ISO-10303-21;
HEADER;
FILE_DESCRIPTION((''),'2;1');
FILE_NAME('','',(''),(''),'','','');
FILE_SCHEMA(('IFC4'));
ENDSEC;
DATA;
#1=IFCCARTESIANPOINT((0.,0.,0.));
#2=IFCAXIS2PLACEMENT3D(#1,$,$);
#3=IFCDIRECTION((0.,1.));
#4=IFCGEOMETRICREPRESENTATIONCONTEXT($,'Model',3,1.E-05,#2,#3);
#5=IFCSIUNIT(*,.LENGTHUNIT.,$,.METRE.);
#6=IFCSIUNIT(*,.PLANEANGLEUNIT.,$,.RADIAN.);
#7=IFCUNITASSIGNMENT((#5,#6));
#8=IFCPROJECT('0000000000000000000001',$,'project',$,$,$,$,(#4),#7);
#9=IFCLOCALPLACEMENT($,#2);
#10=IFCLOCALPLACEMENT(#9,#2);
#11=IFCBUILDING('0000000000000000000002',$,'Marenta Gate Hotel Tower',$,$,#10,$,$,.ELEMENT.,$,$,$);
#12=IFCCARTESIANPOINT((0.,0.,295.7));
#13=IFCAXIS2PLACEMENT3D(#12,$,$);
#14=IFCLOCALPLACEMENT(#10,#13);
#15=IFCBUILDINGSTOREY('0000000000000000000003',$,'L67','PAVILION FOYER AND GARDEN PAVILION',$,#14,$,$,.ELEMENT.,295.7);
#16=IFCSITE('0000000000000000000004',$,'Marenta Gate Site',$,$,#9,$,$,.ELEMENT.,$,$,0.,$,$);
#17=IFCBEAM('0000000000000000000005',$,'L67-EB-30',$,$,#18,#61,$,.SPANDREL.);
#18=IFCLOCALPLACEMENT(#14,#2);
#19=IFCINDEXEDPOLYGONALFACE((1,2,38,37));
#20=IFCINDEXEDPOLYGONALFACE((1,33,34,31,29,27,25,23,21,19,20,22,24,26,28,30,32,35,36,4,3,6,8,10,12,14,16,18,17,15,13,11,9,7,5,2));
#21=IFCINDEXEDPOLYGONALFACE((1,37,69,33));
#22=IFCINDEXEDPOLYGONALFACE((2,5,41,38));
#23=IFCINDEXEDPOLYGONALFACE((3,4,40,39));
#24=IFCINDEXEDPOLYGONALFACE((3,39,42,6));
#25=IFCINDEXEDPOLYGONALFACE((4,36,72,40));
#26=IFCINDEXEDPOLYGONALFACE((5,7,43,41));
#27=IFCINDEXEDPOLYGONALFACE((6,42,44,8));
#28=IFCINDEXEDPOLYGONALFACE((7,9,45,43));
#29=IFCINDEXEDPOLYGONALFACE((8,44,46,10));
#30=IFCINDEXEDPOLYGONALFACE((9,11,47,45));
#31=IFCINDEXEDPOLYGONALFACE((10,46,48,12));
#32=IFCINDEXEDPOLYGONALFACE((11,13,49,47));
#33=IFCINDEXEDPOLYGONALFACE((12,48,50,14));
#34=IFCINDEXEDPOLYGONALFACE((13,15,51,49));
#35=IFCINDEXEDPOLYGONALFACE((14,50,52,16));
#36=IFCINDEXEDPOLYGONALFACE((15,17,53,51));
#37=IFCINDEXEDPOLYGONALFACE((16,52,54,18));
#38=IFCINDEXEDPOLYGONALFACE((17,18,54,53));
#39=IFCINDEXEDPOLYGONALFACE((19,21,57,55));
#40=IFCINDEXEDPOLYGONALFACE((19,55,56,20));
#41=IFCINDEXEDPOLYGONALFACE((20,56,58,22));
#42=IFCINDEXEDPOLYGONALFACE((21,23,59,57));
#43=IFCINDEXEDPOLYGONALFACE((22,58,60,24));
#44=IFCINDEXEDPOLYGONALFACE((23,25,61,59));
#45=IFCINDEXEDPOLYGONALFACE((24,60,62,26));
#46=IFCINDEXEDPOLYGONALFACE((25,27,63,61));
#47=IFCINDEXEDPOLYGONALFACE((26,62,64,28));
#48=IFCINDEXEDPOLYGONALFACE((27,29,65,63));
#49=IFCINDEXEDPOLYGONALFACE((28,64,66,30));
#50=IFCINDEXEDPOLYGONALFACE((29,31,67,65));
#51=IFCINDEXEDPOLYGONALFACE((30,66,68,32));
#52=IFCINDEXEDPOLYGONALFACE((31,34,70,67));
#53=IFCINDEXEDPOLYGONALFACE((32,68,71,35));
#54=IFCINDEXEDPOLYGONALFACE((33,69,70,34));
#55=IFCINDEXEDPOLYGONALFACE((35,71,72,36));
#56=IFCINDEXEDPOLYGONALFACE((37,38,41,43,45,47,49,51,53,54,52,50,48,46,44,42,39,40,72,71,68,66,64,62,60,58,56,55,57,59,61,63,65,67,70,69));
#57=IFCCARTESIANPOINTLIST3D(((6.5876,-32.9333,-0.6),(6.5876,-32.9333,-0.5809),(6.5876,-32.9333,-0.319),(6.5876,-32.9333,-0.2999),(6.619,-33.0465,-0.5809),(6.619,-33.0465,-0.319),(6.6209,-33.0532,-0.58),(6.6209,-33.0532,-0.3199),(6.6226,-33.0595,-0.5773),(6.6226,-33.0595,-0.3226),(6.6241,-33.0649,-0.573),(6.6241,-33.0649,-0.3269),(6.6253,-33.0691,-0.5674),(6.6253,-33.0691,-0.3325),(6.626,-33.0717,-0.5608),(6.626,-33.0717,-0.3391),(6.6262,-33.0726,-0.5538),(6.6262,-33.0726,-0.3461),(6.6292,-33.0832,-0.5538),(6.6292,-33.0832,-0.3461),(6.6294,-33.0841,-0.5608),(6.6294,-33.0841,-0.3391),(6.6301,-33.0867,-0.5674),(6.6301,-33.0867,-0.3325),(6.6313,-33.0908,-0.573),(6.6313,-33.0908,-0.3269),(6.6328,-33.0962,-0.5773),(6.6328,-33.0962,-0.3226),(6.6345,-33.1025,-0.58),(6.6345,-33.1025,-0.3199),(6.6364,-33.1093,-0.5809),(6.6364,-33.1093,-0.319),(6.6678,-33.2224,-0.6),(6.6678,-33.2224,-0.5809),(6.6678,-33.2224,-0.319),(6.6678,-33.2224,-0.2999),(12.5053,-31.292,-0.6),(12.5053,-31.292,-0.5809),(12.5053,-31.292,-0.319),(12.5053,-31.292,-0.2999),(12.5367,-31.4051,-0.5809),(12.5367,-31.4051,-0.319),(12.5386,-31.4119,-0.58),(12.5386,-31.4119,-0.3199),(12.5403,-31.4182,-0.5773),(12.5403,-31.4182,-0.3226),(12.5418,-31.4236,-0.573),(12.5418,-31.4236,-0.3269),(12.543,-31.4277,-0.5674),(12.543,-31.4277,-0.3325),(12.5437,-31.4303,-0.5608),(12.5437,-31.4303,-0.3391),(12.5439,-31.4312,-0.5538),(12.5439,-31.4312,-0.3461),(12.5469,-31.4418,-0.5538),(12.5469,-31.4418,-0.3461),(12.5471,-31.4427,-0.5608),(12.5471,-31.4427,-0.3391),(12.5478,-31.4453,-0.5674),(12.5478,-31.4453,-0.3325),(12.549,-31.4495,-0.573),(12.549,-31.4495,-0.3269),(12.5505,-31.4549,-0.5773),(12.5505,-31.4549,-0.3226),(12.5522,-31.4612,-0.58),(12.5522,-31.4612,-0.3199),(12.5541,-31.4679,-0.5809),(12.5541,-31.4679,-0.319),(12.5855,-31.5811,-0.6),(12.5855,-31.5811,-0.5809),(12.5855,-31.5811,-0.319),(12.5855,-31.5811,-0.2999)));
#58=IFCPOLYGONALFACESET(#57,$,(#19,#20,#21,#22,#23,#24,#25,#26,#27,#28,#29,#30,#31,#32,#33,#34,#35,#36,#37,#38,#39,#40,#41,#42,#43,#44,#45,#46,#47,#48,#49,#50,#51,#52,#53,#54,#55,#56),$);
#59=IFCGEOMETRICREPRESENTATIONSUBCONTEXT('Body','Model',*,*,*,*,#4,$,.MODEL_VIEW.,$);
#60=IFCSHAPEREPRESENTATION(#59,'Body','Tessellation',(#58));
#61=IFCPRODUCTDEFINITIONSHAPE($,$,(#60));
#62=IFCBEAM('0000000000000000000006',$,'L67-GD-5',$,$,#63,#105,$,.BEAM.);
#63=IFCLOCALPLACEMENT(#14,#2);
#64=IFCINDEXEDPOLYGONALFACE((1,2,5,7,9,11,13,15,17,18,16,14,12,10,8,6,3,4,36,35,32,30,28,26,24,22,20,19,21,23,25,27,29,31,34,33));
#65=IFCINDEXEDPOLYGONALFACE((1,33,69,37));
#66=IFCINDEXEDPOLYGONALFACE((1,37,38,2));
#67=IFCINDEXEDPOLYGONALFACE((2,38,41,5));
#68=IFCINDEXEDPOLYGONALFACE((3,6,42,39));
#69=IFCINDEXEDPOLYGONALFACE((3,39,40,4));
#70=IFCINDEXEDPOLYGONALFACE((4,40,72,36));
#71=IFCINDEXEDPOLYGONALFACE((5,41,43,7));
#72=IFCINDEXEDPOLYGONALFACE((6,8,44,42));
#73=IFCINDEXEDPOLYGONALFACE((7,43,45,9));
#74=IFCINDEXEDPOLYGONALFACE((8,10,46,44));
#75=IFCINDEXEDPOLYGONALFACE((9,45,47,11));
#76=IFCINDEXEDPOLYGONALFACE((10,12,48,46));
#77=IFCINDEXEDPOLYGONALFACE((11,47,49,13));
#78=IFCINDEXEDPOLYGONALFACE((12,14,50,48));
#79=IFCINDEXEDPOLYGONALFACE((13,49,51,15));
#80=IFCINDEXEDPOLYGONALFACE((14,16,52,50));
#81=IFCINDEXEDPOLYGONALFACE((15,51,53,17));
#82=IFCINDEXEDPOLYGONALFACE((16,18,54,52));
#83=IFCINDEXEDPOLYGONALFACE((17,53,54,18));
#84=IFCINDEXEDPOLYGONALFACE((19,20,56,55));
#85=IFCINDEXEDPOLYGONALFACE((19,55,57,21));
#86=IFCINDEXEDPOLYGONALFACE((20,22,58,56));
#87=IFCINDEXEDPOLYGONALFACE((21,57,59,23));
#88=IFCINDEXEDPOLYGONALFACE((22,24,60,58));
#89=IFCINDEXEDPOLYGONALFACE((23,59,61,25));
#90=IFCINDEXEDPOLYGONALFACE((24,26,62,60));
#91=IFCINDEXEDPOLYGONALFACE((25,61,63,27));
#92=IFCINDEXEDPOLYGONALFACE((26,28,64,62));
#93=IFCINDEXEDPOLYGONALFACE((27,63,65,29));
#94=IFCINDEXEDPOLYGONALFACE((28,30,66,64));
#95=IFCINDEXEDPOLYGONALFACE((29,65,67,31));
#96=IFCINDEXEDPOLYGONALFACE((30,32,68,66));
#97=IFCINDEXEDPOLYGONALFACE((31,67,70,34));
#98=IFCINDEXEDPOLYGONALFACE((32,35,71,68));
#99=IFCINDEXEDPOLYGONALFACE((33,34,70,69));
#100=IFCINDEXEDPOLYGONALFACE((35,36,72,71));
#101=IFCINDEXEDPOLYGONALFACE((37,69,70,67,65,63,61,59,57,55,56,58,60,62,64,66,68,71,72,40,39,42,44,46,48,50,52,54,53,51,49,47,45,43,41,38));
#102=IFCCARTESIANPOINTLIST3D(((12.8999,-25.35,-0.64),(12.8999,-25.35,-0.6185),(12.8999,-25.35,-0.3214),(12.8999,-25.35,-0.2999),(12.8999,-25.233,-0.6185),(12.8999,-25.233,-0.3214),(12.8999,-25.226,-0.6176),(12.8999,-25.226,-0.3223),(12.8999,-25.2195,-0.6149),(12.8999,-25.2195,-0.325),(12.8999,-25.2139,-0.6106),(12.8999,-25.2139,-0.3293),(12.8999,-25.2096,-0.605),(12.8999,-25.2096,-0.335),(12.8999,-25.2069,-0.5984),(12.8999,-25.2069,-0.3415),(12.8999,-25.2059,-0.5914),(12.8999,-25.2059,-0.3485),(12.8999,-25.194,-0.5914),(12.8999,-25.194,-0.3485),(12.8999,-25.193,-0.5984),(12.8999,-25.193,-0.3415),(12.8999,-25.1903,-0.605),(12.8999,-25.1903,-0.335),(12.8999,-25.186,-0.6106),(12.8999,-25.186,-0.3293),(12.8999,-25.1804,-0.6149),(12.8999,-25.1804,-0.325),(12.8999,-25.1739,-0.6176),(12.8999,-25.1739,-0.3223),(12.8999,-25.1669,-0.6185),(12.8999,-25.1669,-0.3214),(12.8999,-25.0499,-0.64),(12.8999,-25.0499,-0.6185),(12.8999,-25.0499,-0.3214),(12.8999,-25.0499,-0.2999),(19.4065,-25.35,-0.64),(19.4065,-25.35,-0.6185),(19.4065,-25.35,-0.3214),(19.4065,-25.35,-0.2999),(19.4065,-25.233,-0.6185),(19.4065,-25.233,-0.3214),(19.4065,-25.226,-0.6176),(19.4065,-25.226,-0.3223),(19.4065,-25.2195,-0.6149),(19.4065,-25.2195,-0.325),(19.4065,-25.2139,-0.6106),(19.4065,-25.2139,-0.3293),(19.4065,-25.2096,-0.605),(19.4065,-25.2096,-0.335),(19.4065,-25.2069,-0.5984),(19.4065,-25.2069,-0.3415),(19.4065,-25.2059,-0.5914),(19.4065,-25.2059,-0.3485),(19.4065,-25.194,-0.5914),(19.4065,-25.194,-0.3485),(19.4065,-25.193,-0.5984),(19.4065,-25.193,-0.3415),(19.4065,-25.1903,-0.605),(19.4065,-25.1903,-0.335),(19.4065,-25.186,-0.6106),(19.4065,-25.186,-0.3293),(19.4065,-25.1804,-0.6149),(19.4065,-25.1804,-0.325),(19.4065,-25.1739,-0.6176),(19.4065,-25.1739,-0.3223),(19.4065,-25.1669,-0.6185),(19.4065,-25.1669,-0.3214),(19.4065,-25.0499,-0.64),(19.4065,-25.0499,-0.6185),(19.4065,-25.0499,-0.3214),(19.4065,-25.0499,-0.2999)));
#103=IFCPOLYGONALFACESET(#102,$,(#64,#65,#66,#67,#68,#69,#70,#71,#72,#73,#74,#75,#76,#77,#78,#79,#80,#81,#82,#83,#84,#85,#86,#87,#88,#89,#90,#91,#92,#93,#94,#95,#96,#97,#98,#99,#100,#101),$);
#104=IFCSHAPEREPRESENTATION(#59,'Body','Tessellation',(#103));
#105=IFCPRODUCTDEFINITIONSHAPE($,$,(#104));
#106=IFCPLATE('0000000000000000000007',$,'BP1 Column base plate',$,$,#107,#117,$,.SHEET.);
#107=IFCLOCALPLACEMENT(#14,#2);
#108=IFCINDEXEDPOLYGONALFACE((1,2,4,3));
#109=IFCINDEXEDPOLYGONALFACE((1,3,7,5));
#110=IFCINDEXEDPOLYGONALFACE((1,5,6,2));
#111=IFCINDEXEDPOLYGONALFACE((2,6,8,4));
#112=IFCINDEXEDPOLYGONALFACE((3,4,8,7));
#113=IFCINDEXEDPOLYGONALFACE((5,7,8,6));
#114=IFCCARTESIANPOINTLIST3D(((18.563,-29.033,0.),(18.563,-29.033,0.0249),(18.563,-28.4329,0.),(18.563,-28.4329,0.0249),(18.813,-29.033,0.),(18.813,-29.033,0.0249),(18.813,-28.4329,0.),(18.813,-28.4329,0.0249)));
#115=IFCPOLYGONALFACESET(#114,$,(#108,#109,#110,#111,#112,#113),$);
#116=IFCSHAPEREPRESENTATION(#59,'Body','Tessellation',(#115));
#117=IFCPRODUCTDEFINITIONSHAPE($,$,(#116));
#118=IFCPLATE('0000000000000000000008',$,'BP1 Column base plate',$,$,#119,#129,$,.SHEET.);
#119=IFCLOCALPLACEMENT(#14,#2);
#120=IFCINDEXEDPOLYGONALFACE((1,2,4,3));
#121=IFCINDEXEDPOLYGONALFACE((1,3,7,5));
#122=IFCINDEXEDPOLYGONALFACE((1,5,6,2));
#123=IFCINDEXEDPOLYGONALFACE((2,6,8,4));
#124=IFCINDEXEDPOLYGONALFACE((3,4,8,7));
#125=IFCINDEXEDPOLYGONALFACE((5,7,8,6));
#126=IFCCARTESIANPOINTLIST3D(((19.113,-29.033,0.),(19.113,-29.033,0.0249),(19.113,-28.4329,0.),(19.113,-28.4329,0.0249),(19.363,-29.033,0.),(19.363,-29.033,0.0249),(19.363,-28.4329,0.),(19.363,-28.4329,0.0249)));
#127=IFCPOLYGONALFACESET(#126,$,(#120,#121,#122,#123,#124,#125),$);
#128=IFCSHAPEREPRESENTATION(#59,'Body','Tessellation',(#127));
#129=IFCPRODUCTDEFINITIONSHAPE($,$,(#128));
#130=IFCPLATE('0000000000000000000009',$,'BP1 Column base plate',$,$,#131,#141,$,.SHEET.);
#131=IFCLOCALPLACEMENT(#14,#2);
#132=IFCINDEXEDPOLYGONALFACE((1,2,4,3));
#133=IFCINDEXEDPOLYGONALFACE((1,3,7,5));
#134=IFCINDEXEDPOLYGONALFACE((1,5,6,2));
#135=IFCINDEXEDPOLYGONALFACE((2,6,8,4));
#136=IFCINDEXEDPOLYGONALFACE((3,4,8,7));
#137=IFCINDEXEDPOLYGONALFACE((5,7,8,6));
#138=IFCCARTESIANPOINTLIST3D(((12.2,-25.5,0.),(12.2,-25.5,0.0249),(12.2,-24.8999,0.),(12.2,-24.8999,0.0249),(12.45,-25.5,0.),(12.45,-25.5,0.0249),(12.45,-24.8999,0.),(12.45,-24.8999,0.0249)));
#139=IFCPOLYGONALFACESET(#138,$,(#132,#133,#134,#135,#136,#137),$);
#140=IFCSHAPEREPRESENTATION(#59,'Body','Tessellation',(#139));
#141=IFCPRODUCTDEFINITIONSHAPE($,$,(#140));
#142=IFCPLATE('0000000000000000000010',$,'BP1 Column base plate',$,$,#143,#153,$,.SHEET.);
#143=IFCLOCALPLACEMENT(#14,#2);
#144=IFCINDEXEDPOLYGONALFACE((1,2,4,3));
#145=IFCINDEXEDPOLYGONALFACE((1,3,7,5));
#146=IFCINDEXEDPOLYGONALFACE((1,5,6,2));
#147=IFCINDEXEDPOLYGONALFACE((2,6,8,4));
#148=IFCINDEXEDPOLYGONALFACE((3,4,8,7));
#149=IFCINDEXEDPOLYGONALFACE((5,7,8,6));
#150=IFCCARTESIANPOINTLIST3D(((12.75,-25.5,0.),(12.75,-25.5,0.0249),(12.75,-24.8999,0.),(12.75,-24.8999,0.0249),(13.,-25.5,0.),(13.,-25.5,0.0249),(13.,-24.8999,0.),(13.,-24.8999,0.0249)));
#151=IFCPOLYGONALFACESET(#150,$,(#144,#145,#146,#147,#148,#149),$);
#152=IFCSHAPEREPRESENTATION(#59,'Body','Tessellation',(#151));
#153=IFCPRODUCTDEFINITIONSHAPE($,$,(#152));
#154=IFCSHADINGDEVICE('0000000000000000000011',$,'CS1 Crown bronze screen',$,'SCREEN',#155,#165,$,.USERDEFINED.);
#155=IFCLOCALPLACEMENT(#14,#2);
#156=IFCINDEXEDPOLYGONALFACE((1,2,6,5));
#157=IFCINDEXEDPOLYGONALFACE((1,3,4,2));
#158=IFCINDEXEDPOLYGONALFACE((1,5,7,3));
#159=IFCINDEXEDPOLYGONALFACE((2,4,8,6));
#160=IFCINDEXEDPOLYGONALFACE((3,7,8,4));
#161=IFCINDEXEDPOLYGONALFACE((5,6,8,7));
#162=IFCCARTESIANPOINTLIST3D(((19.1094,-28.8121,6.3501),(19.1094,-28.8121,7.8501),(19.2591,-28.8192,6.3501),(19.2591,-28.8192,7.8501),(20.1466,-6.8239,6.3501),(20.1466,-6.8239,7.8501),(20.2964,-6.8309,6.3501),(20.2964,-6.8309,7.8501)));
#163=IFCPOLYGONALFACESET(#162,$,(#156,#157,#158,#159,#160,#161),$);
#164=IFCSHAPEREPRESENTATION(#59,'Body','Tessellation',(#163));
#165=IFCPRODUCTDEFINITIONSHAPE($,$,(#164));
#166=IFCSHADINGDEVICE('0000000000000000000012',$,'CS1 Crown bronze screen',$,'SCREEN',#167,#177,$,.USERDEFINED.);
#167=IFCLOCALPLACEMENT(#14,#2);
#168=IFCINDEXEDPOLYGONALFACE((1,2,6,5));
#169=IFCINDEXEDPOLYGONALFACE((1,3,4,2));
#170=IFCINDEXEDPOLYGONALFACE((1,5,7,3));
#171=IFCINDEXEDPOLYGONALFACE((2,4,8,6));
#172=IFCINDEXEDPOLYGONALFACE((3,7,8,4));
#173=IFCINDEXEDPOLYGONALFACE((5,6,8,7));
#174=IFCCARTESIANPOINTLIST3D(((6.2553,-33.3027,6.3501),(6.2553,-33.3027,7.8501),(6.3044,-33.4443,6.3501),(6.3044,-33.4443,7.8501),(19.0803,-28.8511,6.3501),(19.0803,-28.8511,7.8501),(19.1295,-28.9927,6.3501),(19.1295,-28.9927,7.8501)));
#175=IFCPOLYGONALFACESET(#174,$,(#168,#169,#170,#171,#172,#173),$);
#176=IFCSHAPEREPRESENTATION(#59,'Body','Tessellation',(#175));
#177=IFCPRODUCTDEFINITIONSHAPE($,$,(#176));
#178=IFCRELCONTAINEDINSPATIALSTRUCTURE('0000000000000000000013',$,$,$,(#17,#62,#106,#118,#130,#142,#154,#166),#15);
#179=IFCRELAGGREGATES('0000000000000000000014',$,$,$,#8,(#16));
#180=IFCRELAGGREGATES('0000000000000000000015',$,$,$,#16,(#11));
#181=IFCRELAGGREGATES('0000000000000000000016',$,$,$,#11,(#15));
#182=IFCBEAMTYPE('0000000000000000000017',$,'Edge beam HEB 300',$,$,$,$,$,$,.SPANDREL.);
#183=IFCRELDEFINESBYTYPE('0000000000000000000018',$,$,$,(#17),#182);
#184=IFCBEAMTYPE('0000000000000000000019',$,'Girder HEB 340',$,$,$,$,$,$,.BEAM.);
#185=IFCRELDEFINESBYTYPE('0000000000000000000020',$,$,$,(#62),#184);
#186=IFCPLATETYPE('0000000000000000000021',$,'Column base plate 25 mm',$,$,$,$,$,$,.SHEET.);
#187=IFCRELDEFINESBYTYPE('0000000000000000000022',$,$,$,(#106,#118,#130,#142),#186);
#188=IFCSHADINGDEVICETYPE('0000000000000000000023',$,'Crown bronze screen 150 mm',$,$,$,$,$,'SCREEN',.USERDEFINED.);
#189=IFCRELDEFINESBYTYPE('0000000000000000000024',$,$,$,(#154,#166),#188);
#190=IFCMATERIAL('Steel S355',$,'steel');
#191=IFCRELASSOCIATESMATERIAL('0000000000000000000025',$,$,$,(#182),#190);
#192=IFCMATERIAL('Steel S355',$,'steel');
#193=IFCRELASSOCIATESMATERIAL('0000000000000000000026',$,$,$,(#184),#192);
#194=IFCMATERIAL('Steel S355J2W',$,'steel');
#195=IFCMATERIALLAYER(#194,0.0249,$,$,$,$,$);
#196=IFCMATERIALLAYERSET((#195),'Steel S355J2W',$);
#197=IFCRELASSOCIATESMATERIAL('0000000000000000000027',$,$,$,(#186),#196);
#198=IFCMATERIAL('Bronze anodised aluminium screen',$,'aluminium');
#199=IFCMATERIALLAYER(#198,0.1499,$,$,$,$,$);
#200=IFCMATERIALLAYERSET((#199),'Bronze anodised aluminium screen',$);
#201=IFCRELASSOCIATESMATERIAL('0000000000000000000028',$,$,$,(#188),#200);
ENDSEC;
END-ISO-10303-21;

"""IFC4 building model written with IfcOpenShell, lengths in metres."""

from ifc_helpers import new_model, si_unit, direction, frame, origin, origin_2d, place, context, subcontext, project, spatial, rectangle, i_section, extrude, material, layer, layer_set, material_profile, profile_set, type_object, element, save


model = new_model("IFC4")

# Units and contexts
model_context = context("Model", 3, precision=1e-05, world=origin(), true_north=direction((0.0, 1.0)))
body_context = subcontext(model_context, "Body", "Model", "MODEL_VIEW")
ifc_project = project(units=[si_unit("LENGTHUNIT", "METRE"), si_unit("PLANEANGLEUNIT", "RADIAN")], contexts=[model_context])

# Site, building, storey
site_placement = place(None, origin())
site = spatial("IfcSite", under=ifc_project, at=site_placement, Name="Marenta Gate Site", CompositionType="ELEMENT", RefElevation=0.0)
building_placement = place(site_placement, origin())
building = spatial("IfcBuilding", under=site, at=building_placement, Name="Marenta Gate Hotel Tower", CompositionType="ELEMENT")
storey_placement = place(building_placement, frame((0.0, 0.0, 295.7)))
storey = spatial("IfcBuildingStorey", under=building, at=storey_placement, Name="L67", Description="PAVILION FOYER AND GARDEN PAVILION", CompositionType="ELEMENT", Elevation=295.7)

# Beams
ifc_material_1 = material(Name="Steel S355", Category="steel")
ifc_material_profile_1 = material_profile(ifc_material_1, i_section(OverallWidth=0.3, OverallDepth=0.3, WebThickness=0.011, FlangeThickness=0.019, FilletRadius=0.0271, at=origin_2d()), Name="HEB 300")
ifc_profile_set_1 = profile_set([ifc_material_profile_1], Name="Steel S355")
beam_type_1 = type_object("IfcBeamType", Name="Edge beam HEB 300", PredefinedType="SPANDREL", material=ifc_profile_set_1)
beam_1_placement = place(storey_placement, frame((12.5454, -31.4365, -0.45), z_axis=(-0.963621, -0.267273, 0.0), x_axis=(0.267273, -0.963621, 0.0)))
element("IfcBeam", 1, at=beam_1_placement, inside=storey, type_object=beam_type_1, Name="L67-EB-30", PredefinedType="SPANDREL", context=body_context, shape_type="SweptSolid", body=[
    extrude(i_section(OverallWidth=0.3, OverallDepth=0.3, WebThickness=0.011, FlangeThickness=0.019, FilletRadius=0.0271, at=origin_2d()), origin(), (0.0, 0.0, 1.0), 6.1411),
])
ifc_material_2 = material(Name="Steel S355", Category="steel")
ifc_material_profile_2 = material_profile(ifc_material_2, i_section(OverallWidth=0.3, OverallDepth=0.3401, WebThickness=0.012, FlangeThickness=0.0215, FilletRadius=0.0271, at=origin_2d()), Name="HEB 340")
ifc_profile_set_2 = profile_set([ifc_material_profile_2], Name="Steel S355")
beam_type_2 = type_object("IfcBeamType", Name="Girder HEB 340", PredefinedType="BEAM", material=ifc_profile_set_2)
beam_2_placement = place(storey_placement, frame((12.8999, -25.2, -0.47), z_axis=(1.0, 0.0, 0.0), x_axis=(0.0, 1.0, 0.0)))
element("IfcBeam", 2, at=beam_2_placement, inside=storey, type_object=beam_type_2, Name="L67-GD-5", PredefinedType="BEAM", context=body_context, shape_type="SweptSolid", body=[
    extrude(i_section(OverallWidth=0.3, OverallDepth=0.3401, WebThickness=0.012, FlangeThickness=0.0215, FilletRadius=0.0271, at=origin_2d()), origin(), (0.0, 0.0, 1.0), 6.5066),
])

# Plates
ifc_material_3 = material(Name="Steel S355J2W", Category="steel")
ifc_layer_1 = layer(ifc_material_3, 0.0249)
ifc_layer_set_1 = layer_set([ifc_layer_1], Name="Steel S355J2W")
plate_type = type_object("IfcPlateType", Name="Column base plate 25 mm", PredefinedType="SHEET", material=ifc_layer_set_1)
for number, where, z_axis, x_axis, name in (
    (3, (18.688, -28.7329, 0.0), (0.0, 0.0, 1.0), (1.0, 0.0, 0.0), "BP1 Column base plate"),
    (4, (19.238, -28.7329, 0.0), (0.0, 0.0, 1.0), (1.0, 0.0, 0.0), "BP1 Column base plate"),
    (5, (12.325, -25.2, 0.0), (0.0, 0.0, 1.0), (1.0, 0.0, 0.0), "BP1 Column base plate"),
    (6, (12.875, -25.2, 0.0), (0.0, 0.0, 1.0), (1.0, 0.0, 0.0), "BP1 Column base plate"),
):
    element("IfcPlate", number, at=place(storey_placement, frame(where, z_axis=z_axis, x_axis=x_axis)), inside=storey, type_object=plate_type, Name=name, PredefinedType="SHEET", context=body_context, shape_type="SweptSolid", body=[
        extrude(rectangle(XDim=0.25, YDim=0.6001, at=origin_2d()), origin(), (0.0, 0.0, 1.0), 0.0249),
    ])

# Shading devices
ifc_material_4 = material(Name="Bronze anodised aluminium screen", Category="aluminium")
ifc_layer_2 = layer(ifc_material_4, 0.1499)
ifc_layer_set_2 = layer_set([ifc_layer_2], Name="Bronze anodised aluminium screen")
shading_device_type = type_object("IfcShadingDeviceType", Name="Crown bronze screen 150 mm", ElementType="SCREEN", PredefinedType="USERDEFINED", material=ifc_layer_set_2)
shading_device_1_placement = place(storey_placement, frame((19.7029, -17.8215, 6.3501), z_axis=(0.0, 0.0, 1.0), x_axis=(-0.04712, -0.998889, 0.0)))
element("IfcShadingDevice", 7, at=shading_device_1_placement, inside=storey, type_object=shading_device_type, Name="CS1 Crown bronze screen", ObjectType="SCREEN", PredefinedType="USERDEFINED", context=body_context, shape_type="SweptSolid", body=[
    extrude(rectangle(XDim=22.0127, YDim=0.1499, at=origin_2d()), origin(), (0.0, 0.0, 1.0), 1.5),
])
shading_device_2_placement = place(storey_placement, frame((12.6924, -31.1477, 6.3501), z_axis=(0.0, 0.0, 1.0), x_axis=(-0.944708, -0.327912, 0.0)))
element("IfcShadingDevice", 8, at=shading_device_2_placement, inside=storey, type_object=shading_device_type, Name="CS1 Crown bronze screen", ObjectType="SCREEN", PredefinedType="USERDEFINED", context=body_context, shape_type="SweptSolid", body=[
    extrude(rectangle(XDim=13.5757, YDim=0.1499, at=origin_2d()), origin(), (0.0, 0.0, 1.0), 1.5),
])

save(model, "model.ifc")
